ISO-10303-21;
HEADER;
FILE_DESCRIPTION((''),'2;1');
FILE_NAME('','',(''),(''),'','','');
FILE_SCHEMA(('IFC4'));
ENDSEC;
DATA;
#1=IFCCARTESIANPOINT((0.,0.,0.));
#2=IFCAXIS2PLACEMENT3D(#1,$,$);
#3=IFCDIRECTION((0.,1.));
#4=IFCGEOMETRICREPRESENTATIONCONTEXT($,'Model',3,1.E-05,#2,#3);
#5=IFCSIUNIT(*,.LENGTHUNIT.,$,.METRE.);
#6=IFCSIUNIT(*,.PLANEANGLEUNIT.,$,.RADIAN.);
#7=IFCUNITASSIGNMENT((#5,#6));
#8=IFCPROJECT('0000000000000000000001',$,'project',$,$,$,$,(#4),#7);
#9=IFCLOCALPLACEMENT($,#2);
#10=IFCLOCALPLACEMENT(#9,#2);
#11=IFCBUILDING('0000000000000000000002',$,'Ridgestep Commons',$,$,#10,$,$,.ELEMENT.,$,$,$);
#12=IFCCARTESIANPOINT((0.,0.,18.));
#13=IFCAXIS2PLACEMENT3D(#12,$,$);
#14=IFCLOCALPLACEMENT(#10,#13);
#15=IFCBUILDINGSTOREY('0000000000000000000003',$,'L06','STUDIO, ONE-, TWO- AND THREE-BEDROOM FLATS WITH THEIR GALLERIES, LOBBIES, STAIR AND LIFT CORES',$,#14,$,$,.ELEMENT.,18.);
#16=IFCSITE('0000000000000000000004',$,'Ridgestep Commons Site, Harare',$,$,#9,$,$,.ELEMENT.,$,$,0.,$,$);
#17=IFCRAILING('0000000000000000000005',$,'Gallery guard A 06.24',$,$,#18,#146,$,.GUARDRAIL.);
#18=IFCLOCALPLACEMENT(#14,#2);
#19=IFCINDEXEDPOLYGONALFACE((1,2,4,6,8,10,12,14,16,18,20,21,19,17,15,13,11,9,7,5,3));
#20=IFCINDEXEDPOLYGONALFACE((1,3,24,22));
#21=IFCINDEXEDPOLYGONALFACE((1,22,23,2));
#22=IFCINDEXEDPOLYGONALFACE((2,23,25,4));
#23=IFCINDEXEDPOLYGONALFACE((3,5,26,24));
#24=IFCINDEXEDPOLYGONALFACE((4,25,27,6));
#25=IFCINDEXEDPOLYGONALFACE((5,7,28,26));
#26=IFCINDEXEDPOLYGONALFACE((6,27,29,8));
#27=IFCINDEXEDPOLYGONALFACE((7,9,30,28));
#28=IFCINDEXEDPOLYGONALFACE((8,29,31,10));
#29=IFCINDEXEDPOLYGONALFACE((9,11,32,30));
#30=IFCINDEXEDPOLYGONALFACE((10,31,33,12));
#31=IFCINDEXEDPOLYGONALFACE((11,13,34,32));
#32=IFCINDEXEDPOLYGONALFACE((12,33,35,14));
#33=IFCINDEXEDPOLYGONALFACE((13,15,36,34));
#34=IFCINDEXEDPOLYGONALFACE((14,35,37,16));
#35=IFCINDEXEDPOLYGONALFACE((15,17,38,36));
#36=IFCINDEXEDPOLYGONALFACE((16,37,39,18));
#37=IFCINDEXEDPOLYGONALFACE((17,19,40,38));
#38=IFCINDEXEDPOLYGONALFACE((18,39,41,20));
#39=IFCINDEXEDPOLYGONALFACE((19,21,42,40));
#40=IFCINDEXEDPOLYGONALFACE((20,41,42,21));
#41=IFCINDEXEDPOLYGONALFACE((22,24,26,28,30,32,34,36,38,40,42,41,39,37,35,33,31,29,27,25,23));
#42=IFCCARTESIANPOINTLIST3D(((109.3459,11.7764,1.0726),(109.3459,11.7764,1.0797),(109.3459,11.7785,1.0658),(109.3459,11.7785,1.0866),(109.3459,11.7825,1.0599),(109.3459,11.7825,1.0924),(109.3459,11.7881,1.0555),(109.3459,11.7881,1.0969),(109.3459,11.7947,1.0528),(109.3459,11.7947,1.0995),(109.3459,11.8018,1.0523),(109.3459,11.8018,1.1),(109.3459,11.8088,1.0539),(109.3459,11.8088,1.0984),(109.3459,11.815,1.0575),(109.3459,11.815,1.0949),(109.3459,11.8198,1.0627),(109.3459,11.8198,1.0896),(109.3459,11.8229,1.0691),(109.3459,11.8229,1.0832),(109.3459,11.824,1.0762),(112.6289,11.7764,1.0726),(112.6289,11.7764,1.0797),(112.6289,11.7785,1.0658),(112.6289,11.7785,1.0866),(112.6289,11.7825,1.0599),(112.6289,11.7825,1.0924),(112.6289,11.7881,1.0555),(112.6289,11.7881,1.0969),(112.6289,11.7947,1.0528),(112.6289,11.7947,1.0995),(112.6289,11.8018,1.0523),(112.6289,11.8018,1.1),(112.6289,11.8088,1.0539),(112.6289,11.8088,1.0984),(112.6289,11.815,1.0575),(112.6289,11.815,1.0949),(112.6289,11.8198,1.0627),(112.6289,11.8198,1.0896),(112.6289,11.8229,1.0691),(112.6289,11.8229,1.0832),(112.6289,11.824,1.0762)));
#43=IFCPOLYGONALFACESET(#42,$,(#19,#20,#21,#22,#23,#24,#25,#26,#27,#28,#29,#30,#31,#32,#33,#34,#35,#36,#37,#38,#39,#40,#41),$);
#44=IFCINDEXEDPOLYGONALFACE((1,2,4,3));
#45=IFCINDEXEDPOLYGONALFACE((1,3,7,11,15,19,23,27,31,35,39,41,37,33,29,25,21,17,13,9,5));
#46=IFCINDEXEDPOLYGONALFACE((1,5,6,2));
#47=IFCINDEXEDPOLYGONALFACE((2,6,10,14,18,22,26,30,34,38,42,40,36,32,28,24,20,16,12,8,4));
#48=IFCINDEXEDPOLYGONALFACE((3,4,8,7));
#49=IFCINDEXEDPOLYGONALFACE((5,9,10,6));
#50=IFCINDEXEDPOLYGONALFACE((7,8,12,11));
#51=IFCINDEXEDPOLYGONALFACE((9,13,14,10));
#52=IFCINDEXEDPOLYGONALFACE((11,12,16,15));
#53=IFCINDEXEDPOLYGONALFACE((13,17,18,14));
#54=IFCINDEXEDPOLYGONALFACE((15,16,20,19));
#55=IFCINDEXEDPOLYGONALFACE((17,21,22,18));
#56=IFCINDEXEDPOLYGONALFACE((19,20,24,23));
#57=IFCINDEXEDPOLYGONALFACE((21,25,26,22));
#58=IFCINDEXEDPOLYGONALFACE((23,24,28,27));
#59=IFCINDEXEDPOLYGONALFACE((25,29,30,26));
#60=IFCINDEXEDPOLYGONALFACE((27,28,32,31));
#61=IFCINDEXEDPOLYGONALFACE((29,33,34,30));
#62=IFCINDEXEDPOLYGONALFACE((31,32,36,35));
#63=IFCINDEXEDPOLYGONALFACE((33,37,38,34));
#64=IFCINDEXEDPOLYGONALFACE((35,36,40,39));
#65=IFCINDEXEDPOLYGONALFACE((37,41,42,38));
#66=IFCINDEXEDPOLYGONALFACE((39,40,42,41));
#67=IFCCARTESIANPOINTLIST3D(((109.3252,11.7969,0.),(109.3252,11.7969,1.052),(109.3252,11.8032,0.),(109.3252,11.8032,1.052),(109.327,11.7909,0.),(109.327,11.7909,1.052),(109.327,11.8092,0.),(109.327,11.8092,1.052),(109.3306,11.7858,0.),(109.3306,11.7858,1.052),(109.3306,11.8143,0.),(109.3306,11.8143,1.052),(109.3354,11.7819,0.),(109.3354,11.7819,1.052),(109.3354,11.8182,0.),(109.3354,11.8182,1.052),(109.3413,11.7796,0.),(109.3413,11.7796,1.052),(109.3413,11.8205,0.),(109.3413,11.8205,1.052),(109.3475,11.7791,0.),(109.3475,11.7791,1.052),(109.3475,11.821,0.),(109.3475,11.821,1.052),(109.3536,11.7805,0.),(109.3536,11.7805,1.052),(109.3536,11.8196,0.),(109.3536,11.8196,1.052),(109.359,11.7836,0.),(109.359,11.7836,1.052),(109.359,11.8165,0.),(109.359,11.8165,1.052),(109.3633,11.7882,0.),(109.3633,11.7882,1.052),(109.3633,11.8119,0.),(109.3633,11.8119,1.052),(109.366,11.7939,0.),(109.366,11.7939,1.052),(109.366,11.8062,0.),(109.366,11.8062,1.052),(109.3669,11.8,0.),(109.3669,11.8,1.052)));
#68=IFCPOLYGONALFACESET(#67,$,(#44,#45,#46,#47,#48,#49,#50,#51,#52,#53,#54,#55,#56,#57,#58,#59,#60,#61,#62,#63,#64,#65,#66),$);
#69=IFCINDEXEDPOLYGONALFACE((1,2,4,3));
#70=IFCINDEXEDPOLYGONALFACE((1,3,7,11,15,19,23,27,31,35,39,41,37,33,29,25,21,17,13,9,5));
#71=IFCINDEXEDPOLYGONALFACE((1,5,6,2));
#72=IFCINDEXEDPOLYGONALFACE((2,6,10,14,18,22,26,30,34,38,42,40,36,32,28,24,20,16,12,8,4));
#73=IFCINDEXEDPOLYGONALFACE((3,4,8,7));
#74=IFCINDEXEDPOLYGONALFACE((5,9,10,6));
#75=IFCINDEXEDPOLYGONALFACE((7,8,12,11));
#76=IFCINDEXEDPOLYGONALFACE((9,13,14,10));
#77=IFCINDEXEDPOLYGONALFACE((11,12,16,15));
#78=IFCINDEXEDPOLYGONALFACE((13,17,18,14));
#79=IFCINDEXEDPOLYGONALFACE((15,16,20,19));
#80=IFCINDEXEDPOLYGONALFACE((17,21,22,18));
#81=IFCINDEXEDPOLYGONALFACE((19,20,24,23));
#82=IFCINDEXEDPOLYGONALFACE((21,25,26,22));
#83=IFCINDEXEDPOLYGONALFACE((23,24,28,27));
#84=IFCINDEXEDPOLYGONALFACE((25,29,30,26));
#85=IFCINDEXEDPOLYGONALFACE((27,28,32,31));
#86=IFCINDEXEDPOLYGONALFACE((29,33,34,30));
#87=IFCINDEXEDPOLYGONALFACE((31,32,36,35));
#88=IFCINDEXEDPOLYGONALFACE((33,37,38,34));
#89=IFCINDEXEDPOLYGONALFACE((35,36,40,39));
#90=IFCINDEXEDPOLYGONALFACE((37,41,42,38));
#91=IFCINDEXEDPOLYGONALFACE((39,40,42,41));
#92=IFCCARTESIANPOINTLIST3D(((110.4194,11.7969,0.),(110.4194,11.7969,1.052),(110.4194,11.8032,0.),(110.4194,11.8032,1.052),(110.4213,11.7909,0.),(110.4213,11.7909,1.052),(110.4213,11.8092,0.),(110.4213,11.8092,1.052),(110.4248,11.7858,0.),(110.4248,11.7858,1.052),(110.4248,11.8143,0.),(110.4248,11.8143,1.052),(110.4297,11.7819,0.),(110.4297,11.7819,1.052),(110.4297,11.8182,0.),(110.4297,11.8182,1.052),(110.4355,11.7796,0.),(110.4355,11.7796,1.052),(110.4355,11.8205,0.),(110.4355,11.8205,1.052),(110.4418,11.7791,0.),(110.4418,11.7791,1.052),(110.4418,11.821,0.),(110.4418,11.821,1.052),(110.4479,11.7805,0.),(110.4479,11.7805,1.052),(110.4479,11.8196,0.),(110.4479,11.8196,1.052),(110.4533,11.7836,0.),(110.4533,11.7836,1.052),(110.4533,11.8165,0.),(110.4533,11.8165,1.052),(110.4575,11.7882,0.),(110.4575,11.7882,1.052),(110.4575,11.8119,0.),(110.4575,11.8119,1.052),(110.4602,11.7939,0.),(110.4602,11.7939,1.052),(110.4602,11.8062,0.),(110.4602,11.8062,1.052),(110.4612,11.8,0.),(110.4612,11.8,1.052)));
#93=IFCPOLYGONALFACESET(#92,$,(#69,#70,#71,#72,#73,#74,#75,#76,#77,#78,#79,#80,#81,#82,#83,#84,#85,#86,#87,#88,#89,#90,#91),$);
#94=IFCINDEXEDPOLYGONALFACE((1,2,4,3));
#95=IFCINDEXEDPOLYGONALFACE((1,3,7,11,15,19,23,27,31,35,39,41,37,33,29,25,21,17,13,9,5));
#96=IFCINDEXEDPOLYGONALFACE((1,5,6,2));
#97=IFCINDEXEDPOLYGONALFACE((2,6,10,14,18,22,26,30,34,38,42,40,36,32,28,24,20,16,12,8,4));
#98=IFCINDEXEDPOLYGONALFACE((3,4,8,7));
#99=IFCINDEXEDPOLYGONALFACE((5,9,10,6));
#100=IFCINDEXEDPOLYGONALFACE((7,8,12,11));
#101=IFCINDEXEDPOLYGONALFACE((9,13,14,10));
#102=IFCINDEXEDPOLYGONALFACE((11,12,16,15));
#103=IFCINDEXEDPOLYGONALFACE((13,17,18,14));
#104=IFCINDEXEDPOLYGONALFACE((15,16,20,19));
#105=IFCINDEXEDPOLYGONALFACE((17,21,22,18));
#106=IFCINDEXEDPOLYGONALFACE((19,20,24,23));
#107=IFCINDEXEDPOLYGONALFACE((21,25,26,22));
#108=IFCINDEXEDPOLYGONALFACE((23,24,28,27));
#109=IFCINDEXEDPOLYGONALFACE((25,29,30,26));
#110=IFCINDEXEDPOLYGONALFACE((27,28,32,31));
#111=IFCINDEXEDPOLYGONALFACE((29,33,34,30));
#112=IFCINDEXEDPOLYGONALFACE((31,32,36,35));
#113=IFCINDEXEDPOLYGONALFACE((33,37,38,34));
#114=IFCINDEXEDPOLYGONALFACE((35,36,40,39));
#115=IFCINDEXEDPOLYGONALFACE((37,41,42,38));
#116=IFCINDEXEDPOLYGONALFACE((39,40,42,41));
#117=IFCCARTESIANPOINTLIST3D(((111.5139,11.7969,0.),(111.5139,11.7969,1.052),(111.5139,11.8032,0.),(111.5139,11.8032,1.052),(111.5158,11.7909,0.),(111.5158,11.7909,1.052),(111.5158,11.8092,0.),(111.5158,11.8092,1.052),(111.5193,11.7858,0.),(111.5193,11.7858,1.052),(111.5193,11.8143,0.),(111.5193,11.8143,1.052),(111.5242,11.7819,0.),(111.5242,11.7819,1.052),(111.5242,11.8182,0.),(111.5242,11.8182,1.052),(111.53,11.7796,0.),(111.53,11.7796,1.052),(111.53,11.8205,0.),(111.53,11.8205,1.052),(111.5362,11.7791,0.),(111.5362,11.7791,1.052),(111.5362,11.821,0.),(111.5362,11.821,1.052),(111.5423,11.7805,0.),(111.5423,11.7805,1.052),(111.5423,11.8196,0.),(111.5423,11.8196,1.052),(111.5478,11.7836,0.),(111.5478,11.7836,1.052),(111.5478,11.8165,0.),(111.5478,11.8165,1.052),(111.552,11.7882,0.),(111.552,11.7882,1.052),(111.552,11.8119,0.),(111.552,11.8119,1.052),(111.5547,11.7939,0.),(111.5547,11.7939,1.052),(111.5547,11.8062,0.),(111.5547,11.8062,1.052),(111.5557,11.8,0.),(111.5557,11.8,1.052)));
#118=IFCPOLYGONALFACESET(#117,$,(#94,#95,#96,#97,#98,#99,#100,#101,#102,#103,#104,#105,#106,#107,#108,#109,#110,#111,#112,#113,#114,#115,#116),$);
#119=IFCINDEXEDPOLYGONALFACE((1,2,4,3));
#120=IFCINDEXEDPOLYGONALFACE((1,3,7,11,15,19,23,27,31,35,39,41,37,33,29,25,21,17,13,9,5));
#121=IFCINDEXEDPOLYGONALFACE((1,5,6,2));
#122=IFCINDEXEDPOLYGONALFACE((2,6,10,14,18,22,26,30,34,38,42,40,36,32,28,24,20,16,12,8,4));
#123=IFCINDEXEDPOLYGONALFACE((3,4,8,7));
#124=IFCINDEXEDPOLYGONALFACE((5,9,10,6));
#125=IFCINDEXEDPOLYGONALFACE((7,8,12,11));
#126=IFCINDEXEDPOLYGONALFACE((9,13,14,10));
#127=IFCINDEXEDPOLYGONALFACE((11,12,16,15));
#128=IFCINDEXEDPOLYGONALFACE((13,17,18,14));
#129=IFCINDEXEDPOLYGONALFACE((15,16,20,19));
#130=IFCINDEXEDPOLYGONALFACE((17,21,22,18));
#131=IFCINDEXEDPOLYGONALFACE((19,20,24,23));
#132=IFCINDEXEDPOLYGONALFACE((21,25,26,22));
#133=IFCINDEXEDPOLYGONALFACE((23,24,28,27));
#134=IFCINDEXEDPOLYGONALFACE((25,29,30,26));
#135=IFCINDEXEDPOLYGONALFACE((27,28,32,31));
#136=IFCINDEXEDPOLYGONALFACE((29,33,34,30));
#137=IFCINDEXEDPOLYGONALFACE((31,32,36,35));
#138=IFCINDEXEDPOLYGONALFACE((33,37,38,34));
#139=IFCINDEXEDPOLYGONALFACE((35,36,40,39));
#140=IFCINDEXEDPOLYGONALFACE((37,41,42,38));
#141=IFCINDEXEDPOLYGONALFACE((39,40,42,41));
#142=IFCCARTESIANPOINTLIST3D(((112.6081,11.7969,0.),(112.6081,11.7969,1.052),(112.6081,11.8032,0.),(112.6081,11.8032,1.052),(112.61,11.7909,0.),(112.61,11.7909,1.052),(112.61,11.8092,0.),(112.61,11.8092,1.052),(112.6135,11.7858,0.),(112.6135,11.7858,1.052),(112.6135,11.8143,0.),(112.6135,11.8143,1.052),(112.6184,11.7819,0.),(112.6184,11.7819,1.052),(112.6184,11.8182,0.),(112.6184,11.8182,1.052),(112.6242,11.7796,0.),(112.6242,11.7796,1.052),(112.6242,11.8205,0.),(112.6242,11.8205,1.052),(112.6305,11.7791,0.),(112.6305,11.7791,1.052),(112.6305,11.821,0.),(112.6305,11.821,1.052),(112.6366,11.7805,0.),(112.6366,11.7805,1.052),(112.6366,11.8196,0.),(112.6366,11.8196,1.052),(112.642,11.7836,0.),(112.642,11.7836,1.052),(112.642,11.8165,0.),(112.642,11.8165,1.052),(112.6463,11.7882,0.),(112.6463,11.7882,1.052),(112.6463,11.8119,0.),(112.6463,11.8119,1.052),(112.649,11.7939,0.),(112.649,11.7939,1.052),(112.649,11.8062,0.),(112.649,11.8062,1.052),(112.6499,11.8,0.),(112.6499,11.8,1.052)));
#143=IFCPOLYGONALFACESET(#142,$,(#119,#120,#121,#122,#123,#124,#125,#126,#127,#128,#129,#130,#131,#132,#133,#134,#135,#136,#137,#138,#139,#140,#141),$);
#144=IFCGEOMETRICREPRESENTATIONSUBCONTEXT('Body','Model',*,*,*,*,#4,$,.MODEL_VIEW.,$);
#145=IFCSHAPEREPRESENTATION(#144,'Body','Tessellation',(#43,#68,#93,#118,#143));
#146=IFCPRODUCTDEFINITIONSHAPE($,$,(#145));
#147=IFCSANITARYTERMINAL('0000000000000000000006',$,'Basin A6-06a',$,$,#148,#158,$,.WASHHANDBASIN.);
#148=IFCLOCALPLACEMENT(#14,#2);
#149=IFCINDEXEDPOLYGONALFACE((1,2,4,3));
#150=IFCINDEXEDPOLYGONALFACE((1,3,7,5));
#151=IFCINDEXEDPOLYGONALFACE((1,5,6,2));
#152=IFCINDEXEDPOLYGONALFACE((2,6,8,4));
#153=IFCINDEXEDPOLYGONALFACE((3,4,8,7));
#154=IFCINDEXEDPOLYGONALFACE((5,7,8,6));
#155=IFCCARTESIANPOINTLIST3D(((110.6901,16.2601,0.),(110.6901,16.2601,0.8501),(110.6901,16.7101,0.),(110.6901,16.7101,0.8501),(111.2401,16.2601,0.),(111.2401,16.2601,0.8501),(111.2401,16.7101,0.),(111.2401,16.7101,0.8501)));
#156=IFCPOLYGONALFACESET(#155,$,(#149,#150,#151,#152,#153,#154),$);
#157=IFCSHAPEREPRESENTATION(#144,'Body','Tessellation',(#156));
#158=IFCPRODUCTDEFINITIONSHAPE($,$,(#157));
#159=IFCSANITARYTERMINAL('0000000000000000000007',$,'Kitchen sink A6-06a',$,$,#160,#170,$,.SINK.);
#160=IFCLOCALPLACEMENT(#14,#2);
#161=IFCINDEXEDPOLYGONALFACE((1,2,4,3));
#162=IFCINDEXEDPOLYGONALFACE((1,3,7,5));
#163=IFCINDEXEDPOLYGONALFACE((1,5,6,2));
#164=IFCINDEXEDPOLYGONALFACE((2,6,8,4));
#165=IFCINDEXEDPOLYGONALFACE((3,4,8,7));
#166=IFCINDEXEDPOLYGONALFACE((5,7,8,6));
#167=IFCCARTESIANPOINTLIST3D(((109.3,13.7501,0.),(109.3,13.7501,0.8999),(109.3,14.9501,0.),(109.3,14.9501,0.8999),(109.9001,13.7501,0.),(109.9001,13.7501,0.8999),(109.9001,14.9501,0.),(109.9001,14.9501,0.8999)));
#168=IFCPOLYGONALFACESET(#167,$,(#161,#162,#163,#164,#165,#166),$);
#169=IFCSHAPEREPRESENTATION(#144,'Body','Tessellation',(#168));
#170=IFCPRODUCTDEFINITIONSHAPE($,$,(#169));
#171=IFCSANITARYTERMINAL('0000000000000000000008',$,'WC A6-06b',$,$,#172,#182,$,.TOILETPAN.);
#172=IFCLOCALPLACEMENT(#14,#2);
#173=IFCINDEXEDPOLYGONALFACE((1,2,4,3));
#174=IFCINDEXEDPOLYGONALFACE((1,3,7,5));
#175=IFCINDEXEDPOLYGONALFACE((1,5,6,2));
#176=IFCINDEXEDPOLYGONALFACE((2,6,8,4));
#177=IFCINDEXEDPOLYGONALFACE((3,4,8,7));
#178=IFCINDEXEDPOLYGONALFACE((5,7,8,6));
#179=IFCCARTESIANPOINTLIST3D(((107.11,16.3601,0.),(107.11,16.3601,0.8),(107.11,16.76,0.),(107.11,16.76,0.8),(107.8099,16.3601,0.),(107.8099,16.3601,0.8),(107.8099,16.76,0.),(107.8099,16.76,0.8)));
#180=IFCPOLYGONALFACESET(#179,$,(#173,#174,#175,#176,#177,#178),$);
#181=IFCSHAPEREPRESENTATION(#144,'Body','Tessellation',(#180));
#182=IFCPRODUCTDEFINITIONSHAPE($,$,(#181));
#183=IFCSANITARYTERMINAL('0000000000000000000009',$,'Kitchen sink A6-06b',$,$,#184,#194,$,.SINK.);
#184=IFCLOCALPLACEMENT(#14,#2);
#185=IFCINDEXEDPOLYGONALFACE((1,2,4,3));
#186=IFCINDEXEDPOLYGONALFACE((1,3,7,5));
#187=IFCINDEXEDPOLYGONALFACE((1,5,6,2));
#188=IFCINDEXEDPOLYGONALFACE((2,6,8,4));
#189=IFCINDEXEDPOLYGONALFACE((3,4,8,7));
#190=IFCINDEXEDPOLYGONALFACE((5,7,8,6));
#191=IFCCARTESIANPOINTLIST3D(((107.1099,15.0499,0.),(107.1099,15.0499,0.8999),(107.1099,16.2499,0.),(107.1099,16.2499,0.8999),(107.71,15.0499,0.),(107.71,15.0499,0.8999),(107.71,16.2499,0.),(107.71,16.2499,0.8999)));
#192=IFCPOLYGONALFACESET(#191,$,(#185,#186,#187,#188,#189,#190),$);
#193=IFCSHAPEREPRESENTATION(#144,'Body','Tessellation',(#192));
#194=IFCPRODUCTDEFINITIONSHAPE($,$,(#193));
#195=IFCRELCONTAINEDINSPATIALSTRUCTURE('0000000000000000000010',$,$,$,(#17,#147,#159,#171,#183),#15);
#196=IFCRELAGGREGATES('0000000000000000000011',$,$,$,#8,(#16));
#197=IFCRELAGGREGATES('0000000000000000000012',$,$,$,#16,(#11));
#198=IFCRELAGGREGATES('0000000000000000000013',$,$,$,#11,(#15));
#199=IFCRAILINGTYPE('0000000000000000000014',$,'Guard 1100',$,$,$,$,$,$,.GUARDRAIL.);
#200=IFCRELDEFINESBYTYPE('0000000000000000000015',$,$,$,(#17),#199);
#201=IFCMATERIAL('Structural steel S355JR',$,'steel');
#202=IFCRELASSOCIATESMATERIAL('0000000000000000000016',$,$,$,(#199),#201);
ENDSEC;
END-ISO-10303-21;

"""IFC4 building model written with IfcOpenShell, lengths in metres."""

from ifc_helpers import new_model, si_unit, direction, frame, origin, origin_2d, place, context, subcontext, project, spatial, rectangle, circle, extrude, material, type_object, element, save


model = new_model("IFC4")

# Units and contexts
model_context = context("Model", 3, precision=1e-05, world=origin(), true_north=direction((0.0, 1.0)))
body_context = subcontext(model_context, "Body", "Model", "MODEL_VIEW")
ifc_project = project(units=[si_unit("LENGTHUNIT", "METRE"), si_unit("PLANEANGLEUNIT", "RADIAN")], contexts=[model_context])

# Site, building, storey
site_placement = place(None, origin())
site = spatial("IfcSite", under=ifc_project, at=site_placement, Name="Ridgestep Commons Site, Harare", CompositionType="ELEMENT", RefElevation=0.0)
building_placement = place(site_placement, origin())
building = spatial("IfcBuilding", under=site, at=building_placement, Name="Ridgestep Commons", CompositionType="ELEMENT")
storey_placement = place(building_placement, frame((0.0, 0.0, 18.0)))
storey = spatial("IfcBuildingStorey", under=building, at=storey_placement, Name="L06", Description="STUDIO, ONE-, TWO- AND THREE-BEDROOM FLATS WITH THEIR GALLERIES, LOBBIES, STAIR AND LIFT CORES", CompositionType="ELEMENT", Elevation=18.0)

# Railing
ifc_material_1 = material(Name="Structural steel S355JR", Category="steel")
railing_type = type_object("IfcRailingType", Name="Guard 1100", PredefinedType="GUARDRAIL", material=ifc_material_1)
railing_1_placement = place(storey_placement, frame((109.3459, 11.8, 0.0)))
element("IfcRailing", 1, at=railing_1_placement, inside=storey, type_object=railing_type, Name="Gallery guard A 06.24", PredefinedType="GUARDRAIL", context=body_context, shape_type="SweptSolid", body=[
    extrude(circle(Radius=0.0239, at=origin_2d()), frame((0.0, 0.0, 1.0762), z_axis=(1.0, 0.0, 0.0), x_axis=(0.0, 1.0, 0.0)), (0.0, 0.0, 1.0), 3.283),
    extrude(circle(Radius=0.021, at=origin_2d()), origin(), (0.0, 0.0, 1.0), 1.052),
    extrude(circle(Radius=0.021, at=origin_2d()), frame((1.0942, 0.0, 0.0)), (0.0, 0.0, 1.0), 1.052),
    extrude(circle(Radius=0.021, at=origin_2d()), frame((2.1887, 0.0, 0.0)), (0.0, 0.0, 1.0), 1.052),
    extrude(circle(Radius=0.021, at=origin_2d()), frame((3.283, 0.0, 0.0)), (0.0, 0.0, 1.0), 1.052),
])

# Sanitary terminals
sanitary_terminal_1_placement = place(storey_placement, frame((110.9651, 16.4851, 0.0), z_axis=(0.0, 0.0, 1.0), x_axis=(1.0, 0.0, 0.0)))
element("IfcSanitaryTerminal", 2, at=sanitary_terminal_1_placement, inside=storey, Name="Basin A6-06a", PredefinedType="WASHHANDBASIN", context=body_context, shape_type="SweptSolid", body=[
    extrude(rectangle(XDim=0.55, YDim=0.45, at=origin_2d()), origin(), (0.0, 0.0, 1.0), 0.8501),
])
sanitary_terminal_2_placement = place(storey_placement, frame((109.6001, 14.3501, 0.0), z_axis=(0.0, 0.0, 1.0), x_axis=(1.0, 0.0, 0.0)))
element("IfcSanitaryTerminal", 3, at=sanitary_terminal_2_placement, inside=storey, Name="Kitchen sink A6-06a", PredefinedType="SINK", context=body_context, shape_type="SweptSolid", body=[
    extrude(rectangle(XDim=0.6001, YDim=1.2, at=origin_2d()), origin(), (0.0, 0.0, 1.0), 0.8999),
])
sanitary_terminal_3_placement = place(storey_placement, frame((107.46, 16.5601, 0.0), z_axis=(0.0, 0.0, 1.0), x_axis=(1.0, 0.0, 0.0)))
element("IfcSanitaryTerminal", 4, at=sanitary_terminal_3_placement, inside=storey, Name="WC A6-06b", PredefinedType="TOILETPAN", context=body_context, shape_type="SweptSolid", body=[
    extrude(rectangle(XDim=0.7, YDim=0.3999, at=origin_2d()), origin(), (0.0, 0.0, 1.0), 0.8),
])
sanitary_terminal_4_placement = place(storey_placement, frame((107.4099, 15.6499, 0.0), z_axis=(0.0, 0.0, 1.0), x_axis=(1.0, 0.0, 0.0)))
element("IfcSanitaryTerminal", 5, at=sanitary_terminal_4_placement, inside=storey, Name="Kitchen sink A6-06b", PredefinedType="SINK", context=body_context, shape_type="SweptSolid", body=[
    extrude(rectangle(XDim=0.6001, YDim=1.2, at=origin_2d()), origin(), (0.0, 0.0, 1.0), 0.8999),
])

save(model, "model.ifc")
